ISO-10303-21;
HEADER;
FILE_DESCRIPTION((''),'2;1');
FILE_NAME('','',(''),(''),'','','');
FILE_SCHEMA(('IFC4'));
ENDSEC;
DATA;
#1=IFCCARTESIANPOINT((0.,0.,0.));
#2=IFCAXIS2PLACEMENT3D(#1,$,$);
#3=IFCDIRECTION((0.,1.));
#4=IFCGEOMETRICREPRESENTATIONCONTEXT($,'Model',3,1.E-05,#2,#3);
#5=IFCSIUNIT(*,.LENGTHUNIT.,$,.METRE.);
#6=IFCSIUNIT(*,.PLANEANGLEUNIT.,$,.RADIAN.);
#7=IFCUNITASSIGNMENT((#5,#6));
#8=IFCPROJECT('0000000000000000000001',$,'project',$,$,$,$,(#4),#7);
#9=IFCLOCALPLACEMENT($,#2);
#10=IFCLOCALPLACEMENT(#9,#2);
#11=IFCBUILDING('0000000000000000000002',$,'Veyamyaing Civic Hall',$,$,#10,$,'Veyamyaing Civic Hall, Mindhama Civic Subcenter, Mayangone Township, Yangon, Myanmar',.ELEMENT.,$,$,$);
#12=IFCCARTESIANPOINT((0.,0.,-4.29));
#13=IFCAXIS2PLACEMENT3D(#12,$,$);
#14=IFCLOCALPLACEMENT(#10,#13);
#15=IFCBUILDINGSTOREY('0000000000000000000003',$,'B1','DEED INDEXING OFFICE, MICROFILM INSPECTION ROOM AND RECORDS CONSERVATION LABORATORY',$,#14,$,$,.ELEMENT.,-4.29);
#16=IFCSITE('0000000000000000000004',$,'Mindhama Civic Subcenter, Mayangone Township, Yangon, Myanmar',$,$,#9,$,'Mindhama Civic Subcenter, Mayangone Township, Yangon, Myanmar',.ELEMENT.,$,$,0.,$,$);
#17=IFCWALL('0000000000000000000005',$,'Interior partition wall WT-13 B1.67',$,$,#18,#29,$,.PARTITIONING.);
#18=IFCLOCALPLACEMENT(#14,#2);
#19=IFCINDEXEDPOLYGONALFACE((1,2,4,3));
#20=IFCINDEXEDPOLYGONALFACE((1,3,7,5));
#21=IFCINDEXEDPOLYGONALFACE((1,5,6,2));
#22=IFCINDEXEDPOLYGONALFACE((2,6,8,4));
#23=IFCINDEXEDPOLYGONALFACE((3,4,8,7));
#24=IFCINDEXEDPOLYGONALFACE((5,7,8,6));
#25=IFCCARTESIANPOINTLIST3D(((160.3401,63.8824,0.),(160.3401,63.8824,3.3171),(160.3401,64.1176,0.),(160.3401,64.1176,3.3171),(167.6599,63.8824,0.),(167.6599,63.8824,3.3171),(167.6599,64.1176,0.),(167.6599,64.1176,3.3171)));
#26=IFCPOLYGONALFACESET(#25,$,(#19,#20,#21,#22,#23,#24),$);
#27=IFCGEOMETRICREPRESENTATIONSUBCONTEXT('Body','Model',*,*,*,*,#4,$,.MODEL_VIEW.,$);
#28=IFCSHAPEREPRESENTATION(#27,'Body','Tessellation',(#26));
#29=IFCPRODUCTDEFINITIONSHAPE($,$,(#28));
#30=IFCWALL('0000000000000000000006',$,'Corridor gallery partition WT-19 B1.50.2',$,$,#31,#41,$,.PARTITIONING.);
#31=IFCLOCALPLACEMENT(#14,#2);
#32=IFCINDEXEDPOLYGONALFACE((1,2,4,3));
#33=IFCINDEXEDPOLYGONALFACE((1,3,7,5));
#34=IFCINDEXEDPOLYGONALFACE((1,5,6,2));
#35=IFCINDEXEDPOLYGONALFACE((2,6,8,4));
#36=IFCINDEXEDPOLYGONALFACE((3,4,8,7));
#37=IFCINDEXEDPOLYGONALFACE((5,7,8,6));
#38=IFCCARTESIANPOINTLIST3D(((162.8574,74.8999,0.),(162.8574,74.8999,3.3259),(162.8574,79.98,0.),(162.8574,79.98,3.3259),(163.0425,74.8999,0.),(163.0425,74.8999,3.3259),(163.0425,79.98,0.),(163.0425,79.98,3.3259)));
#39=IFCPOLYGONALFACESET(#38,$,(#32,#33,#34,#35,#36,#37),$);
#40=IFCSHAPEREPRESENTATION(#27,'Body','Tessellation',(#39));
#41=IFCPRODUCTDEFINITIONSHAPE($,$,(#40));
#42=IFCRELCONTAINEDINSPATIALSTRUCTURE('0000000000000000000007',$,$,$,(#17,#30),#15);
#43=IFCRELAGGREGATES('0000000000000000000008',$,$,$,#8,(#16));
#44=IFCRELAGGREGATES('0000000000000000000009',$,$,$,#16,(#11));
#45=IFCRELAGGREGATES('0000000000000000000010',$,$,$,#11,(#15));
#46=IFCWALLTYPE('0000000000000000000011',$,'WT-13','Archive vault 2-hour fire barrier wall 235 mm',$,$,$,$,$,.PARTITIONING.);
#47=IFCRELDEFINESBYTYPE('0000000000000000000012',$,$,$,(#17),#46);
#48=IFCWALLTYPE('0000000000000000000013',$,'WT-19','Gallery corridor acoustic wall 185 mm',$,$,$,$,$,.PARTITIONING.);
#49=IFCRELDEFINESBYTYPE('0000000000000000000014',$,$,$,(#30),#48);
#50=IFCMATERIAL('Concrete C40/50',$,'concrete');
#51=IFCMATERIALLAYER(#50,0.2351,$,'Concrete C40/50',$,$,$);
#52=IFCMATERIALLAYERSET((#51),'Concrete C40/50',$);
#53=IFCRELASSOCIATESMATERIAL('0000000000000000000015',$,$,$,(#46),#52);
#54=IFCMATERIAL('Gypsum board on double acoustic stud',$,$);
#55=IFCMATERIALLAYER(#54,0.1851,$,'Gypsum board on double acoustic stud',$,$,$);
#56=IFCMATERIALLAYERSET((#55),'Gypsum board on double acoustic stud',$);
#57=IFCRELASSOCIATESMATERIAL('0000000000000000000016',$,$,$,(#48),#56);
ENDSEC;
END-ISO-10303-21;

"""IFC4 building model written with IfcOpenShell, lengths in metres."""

from ifc_helpers import new_model, si_unit, direction, frame, frame_2d, origin, place, context, subcontext, project, spatial, rectangle, extrude, material, layer, layer_set, type_object, element, save


model = new_model("IFC4")

# Units and contexts
model_context = context("Model", 3, precision=1e-05, world=origin(), true_north=direction((0.0, 1.0)))
body_context = subcontext(model_context, "Body", "Model", "MODEL_VIEW")
ifc_project = project(units=[si_unit("LENGTHUNIT", "METRE"), si_unit("PLANEANGLEUNIT", "RADIAN")], contexts=[model_context])

# Site, building, storey
site_placement = place(None, origin())
site = spatial("IfcSite", under=ifc_project, at=site_placement, Name="Mindhama Civic Subcenter, Mayangone Township, Yangon, Myanmar", LongName="Mindhama Civic Subcenter, Mayangone Township, Yangon, Myanmar", CompositionType="ELEMENT", RefElevation=0.0)
building_placement = place(site_placement, origin())
building = spatial("IfcBuilding", under=site, at=building_placement, Name="Veyamyaing Civic Hall", LongName="Veyamyaing Civic Hall, Mindhama Civic Subcenter, Mayangone Township, Yangon, Myanmar", CompositionType="ELEMENT")
storey_placement = place(building_placement, frame((0.0, 0.0, -4.29)))
storey = spatial("IfcBuildingStorey", under=building, at=storey_placement, Name="B1", Description="DEED INDEXING OFFICE, MICROFILM INSPECTION ROOM AND RECORDS CONSERVATION LABORATORY", CompositionType="ELEMENT", Elevation=-4.29)

# Shared definitions
ifc_material_1 = material(Name="Concrete C40/50", Category="concrete")

# Wall
ifc_layer_1 = layer(ifc_material_1, 0.2351, Name="Concrete C40/50")
ifc_layer_set_1 = layer_set([ifc_layer_1], Name="Concrete C40/50")
wall_type_1 = type_object("IfcWallType", Name="WT-13", Description="Archive vault 2-hour fire barrier wall 235 mm", PredefinedType="PARTITIONING", material=ifc_layer_set_1)
wall_1_placement = place(storey_placement, frame((160.3401, 64.0, 0.0), z_axis=(0.0, 0.0, 1.0), x_axis=(1.0, 0.0, 0.0)))
element("IfcWall", 1, at=wall_1_placement, inside=storey, type_object=wall_type_1, Name="Interior partition wall WT-13 B1.67", PredefinedType="PARTITIONING", context=body_context, shape_type="SweptSolid", body=[
    extrude(rectangle(XDim=7.3198, YDim=0.2351, at=frame_2d((3.6599, 0.0))), origin(), (0.0, 0.0, 1.0), 3.3171),
])

# Shared definitions
ifc_material_2 = material(Name="Gypsum board on double acoustic stud")
ifc_layer_2 = layer(ifc_material_2, 0.1851, Name="Gypsum board on double acoustic stud")
ifc_layer_set_2 = layer_set([ifc_layer_2], Name="Gypsum board on double acoustic stud")
wall_type_2 = type_object("IfcWallType", Name="WT-19", Description="Gallery corridor acoustic wall 185 mm", PredefinedType="PARTITIONING", material=ifc_layer_set_2)

# Wall
wall_2_placement = place(storey_placement, frame((162.95, 74.8999, 0.0), z_axis=(0.0, 0.0, 1.0), x_axis=(0.0, 1.0, 0.0)))
element("IfcWall", 2, at=wall_2_placement, inside=storey, type_object=wall_type_2, Name="Corridor gallery partition WT-19 B1.50.2", PredefinedType="PARTITIONING", context=body_context, shape_type="SweptSolid", body=[
    extrude(rectangle(XDim=5.0801, YDim=0.1851, at=frame_2d((2.54, 0.0))), origin(), (0.0, 0.0, 1.0), 3.3259),
])

save(model, "model.ifc")
